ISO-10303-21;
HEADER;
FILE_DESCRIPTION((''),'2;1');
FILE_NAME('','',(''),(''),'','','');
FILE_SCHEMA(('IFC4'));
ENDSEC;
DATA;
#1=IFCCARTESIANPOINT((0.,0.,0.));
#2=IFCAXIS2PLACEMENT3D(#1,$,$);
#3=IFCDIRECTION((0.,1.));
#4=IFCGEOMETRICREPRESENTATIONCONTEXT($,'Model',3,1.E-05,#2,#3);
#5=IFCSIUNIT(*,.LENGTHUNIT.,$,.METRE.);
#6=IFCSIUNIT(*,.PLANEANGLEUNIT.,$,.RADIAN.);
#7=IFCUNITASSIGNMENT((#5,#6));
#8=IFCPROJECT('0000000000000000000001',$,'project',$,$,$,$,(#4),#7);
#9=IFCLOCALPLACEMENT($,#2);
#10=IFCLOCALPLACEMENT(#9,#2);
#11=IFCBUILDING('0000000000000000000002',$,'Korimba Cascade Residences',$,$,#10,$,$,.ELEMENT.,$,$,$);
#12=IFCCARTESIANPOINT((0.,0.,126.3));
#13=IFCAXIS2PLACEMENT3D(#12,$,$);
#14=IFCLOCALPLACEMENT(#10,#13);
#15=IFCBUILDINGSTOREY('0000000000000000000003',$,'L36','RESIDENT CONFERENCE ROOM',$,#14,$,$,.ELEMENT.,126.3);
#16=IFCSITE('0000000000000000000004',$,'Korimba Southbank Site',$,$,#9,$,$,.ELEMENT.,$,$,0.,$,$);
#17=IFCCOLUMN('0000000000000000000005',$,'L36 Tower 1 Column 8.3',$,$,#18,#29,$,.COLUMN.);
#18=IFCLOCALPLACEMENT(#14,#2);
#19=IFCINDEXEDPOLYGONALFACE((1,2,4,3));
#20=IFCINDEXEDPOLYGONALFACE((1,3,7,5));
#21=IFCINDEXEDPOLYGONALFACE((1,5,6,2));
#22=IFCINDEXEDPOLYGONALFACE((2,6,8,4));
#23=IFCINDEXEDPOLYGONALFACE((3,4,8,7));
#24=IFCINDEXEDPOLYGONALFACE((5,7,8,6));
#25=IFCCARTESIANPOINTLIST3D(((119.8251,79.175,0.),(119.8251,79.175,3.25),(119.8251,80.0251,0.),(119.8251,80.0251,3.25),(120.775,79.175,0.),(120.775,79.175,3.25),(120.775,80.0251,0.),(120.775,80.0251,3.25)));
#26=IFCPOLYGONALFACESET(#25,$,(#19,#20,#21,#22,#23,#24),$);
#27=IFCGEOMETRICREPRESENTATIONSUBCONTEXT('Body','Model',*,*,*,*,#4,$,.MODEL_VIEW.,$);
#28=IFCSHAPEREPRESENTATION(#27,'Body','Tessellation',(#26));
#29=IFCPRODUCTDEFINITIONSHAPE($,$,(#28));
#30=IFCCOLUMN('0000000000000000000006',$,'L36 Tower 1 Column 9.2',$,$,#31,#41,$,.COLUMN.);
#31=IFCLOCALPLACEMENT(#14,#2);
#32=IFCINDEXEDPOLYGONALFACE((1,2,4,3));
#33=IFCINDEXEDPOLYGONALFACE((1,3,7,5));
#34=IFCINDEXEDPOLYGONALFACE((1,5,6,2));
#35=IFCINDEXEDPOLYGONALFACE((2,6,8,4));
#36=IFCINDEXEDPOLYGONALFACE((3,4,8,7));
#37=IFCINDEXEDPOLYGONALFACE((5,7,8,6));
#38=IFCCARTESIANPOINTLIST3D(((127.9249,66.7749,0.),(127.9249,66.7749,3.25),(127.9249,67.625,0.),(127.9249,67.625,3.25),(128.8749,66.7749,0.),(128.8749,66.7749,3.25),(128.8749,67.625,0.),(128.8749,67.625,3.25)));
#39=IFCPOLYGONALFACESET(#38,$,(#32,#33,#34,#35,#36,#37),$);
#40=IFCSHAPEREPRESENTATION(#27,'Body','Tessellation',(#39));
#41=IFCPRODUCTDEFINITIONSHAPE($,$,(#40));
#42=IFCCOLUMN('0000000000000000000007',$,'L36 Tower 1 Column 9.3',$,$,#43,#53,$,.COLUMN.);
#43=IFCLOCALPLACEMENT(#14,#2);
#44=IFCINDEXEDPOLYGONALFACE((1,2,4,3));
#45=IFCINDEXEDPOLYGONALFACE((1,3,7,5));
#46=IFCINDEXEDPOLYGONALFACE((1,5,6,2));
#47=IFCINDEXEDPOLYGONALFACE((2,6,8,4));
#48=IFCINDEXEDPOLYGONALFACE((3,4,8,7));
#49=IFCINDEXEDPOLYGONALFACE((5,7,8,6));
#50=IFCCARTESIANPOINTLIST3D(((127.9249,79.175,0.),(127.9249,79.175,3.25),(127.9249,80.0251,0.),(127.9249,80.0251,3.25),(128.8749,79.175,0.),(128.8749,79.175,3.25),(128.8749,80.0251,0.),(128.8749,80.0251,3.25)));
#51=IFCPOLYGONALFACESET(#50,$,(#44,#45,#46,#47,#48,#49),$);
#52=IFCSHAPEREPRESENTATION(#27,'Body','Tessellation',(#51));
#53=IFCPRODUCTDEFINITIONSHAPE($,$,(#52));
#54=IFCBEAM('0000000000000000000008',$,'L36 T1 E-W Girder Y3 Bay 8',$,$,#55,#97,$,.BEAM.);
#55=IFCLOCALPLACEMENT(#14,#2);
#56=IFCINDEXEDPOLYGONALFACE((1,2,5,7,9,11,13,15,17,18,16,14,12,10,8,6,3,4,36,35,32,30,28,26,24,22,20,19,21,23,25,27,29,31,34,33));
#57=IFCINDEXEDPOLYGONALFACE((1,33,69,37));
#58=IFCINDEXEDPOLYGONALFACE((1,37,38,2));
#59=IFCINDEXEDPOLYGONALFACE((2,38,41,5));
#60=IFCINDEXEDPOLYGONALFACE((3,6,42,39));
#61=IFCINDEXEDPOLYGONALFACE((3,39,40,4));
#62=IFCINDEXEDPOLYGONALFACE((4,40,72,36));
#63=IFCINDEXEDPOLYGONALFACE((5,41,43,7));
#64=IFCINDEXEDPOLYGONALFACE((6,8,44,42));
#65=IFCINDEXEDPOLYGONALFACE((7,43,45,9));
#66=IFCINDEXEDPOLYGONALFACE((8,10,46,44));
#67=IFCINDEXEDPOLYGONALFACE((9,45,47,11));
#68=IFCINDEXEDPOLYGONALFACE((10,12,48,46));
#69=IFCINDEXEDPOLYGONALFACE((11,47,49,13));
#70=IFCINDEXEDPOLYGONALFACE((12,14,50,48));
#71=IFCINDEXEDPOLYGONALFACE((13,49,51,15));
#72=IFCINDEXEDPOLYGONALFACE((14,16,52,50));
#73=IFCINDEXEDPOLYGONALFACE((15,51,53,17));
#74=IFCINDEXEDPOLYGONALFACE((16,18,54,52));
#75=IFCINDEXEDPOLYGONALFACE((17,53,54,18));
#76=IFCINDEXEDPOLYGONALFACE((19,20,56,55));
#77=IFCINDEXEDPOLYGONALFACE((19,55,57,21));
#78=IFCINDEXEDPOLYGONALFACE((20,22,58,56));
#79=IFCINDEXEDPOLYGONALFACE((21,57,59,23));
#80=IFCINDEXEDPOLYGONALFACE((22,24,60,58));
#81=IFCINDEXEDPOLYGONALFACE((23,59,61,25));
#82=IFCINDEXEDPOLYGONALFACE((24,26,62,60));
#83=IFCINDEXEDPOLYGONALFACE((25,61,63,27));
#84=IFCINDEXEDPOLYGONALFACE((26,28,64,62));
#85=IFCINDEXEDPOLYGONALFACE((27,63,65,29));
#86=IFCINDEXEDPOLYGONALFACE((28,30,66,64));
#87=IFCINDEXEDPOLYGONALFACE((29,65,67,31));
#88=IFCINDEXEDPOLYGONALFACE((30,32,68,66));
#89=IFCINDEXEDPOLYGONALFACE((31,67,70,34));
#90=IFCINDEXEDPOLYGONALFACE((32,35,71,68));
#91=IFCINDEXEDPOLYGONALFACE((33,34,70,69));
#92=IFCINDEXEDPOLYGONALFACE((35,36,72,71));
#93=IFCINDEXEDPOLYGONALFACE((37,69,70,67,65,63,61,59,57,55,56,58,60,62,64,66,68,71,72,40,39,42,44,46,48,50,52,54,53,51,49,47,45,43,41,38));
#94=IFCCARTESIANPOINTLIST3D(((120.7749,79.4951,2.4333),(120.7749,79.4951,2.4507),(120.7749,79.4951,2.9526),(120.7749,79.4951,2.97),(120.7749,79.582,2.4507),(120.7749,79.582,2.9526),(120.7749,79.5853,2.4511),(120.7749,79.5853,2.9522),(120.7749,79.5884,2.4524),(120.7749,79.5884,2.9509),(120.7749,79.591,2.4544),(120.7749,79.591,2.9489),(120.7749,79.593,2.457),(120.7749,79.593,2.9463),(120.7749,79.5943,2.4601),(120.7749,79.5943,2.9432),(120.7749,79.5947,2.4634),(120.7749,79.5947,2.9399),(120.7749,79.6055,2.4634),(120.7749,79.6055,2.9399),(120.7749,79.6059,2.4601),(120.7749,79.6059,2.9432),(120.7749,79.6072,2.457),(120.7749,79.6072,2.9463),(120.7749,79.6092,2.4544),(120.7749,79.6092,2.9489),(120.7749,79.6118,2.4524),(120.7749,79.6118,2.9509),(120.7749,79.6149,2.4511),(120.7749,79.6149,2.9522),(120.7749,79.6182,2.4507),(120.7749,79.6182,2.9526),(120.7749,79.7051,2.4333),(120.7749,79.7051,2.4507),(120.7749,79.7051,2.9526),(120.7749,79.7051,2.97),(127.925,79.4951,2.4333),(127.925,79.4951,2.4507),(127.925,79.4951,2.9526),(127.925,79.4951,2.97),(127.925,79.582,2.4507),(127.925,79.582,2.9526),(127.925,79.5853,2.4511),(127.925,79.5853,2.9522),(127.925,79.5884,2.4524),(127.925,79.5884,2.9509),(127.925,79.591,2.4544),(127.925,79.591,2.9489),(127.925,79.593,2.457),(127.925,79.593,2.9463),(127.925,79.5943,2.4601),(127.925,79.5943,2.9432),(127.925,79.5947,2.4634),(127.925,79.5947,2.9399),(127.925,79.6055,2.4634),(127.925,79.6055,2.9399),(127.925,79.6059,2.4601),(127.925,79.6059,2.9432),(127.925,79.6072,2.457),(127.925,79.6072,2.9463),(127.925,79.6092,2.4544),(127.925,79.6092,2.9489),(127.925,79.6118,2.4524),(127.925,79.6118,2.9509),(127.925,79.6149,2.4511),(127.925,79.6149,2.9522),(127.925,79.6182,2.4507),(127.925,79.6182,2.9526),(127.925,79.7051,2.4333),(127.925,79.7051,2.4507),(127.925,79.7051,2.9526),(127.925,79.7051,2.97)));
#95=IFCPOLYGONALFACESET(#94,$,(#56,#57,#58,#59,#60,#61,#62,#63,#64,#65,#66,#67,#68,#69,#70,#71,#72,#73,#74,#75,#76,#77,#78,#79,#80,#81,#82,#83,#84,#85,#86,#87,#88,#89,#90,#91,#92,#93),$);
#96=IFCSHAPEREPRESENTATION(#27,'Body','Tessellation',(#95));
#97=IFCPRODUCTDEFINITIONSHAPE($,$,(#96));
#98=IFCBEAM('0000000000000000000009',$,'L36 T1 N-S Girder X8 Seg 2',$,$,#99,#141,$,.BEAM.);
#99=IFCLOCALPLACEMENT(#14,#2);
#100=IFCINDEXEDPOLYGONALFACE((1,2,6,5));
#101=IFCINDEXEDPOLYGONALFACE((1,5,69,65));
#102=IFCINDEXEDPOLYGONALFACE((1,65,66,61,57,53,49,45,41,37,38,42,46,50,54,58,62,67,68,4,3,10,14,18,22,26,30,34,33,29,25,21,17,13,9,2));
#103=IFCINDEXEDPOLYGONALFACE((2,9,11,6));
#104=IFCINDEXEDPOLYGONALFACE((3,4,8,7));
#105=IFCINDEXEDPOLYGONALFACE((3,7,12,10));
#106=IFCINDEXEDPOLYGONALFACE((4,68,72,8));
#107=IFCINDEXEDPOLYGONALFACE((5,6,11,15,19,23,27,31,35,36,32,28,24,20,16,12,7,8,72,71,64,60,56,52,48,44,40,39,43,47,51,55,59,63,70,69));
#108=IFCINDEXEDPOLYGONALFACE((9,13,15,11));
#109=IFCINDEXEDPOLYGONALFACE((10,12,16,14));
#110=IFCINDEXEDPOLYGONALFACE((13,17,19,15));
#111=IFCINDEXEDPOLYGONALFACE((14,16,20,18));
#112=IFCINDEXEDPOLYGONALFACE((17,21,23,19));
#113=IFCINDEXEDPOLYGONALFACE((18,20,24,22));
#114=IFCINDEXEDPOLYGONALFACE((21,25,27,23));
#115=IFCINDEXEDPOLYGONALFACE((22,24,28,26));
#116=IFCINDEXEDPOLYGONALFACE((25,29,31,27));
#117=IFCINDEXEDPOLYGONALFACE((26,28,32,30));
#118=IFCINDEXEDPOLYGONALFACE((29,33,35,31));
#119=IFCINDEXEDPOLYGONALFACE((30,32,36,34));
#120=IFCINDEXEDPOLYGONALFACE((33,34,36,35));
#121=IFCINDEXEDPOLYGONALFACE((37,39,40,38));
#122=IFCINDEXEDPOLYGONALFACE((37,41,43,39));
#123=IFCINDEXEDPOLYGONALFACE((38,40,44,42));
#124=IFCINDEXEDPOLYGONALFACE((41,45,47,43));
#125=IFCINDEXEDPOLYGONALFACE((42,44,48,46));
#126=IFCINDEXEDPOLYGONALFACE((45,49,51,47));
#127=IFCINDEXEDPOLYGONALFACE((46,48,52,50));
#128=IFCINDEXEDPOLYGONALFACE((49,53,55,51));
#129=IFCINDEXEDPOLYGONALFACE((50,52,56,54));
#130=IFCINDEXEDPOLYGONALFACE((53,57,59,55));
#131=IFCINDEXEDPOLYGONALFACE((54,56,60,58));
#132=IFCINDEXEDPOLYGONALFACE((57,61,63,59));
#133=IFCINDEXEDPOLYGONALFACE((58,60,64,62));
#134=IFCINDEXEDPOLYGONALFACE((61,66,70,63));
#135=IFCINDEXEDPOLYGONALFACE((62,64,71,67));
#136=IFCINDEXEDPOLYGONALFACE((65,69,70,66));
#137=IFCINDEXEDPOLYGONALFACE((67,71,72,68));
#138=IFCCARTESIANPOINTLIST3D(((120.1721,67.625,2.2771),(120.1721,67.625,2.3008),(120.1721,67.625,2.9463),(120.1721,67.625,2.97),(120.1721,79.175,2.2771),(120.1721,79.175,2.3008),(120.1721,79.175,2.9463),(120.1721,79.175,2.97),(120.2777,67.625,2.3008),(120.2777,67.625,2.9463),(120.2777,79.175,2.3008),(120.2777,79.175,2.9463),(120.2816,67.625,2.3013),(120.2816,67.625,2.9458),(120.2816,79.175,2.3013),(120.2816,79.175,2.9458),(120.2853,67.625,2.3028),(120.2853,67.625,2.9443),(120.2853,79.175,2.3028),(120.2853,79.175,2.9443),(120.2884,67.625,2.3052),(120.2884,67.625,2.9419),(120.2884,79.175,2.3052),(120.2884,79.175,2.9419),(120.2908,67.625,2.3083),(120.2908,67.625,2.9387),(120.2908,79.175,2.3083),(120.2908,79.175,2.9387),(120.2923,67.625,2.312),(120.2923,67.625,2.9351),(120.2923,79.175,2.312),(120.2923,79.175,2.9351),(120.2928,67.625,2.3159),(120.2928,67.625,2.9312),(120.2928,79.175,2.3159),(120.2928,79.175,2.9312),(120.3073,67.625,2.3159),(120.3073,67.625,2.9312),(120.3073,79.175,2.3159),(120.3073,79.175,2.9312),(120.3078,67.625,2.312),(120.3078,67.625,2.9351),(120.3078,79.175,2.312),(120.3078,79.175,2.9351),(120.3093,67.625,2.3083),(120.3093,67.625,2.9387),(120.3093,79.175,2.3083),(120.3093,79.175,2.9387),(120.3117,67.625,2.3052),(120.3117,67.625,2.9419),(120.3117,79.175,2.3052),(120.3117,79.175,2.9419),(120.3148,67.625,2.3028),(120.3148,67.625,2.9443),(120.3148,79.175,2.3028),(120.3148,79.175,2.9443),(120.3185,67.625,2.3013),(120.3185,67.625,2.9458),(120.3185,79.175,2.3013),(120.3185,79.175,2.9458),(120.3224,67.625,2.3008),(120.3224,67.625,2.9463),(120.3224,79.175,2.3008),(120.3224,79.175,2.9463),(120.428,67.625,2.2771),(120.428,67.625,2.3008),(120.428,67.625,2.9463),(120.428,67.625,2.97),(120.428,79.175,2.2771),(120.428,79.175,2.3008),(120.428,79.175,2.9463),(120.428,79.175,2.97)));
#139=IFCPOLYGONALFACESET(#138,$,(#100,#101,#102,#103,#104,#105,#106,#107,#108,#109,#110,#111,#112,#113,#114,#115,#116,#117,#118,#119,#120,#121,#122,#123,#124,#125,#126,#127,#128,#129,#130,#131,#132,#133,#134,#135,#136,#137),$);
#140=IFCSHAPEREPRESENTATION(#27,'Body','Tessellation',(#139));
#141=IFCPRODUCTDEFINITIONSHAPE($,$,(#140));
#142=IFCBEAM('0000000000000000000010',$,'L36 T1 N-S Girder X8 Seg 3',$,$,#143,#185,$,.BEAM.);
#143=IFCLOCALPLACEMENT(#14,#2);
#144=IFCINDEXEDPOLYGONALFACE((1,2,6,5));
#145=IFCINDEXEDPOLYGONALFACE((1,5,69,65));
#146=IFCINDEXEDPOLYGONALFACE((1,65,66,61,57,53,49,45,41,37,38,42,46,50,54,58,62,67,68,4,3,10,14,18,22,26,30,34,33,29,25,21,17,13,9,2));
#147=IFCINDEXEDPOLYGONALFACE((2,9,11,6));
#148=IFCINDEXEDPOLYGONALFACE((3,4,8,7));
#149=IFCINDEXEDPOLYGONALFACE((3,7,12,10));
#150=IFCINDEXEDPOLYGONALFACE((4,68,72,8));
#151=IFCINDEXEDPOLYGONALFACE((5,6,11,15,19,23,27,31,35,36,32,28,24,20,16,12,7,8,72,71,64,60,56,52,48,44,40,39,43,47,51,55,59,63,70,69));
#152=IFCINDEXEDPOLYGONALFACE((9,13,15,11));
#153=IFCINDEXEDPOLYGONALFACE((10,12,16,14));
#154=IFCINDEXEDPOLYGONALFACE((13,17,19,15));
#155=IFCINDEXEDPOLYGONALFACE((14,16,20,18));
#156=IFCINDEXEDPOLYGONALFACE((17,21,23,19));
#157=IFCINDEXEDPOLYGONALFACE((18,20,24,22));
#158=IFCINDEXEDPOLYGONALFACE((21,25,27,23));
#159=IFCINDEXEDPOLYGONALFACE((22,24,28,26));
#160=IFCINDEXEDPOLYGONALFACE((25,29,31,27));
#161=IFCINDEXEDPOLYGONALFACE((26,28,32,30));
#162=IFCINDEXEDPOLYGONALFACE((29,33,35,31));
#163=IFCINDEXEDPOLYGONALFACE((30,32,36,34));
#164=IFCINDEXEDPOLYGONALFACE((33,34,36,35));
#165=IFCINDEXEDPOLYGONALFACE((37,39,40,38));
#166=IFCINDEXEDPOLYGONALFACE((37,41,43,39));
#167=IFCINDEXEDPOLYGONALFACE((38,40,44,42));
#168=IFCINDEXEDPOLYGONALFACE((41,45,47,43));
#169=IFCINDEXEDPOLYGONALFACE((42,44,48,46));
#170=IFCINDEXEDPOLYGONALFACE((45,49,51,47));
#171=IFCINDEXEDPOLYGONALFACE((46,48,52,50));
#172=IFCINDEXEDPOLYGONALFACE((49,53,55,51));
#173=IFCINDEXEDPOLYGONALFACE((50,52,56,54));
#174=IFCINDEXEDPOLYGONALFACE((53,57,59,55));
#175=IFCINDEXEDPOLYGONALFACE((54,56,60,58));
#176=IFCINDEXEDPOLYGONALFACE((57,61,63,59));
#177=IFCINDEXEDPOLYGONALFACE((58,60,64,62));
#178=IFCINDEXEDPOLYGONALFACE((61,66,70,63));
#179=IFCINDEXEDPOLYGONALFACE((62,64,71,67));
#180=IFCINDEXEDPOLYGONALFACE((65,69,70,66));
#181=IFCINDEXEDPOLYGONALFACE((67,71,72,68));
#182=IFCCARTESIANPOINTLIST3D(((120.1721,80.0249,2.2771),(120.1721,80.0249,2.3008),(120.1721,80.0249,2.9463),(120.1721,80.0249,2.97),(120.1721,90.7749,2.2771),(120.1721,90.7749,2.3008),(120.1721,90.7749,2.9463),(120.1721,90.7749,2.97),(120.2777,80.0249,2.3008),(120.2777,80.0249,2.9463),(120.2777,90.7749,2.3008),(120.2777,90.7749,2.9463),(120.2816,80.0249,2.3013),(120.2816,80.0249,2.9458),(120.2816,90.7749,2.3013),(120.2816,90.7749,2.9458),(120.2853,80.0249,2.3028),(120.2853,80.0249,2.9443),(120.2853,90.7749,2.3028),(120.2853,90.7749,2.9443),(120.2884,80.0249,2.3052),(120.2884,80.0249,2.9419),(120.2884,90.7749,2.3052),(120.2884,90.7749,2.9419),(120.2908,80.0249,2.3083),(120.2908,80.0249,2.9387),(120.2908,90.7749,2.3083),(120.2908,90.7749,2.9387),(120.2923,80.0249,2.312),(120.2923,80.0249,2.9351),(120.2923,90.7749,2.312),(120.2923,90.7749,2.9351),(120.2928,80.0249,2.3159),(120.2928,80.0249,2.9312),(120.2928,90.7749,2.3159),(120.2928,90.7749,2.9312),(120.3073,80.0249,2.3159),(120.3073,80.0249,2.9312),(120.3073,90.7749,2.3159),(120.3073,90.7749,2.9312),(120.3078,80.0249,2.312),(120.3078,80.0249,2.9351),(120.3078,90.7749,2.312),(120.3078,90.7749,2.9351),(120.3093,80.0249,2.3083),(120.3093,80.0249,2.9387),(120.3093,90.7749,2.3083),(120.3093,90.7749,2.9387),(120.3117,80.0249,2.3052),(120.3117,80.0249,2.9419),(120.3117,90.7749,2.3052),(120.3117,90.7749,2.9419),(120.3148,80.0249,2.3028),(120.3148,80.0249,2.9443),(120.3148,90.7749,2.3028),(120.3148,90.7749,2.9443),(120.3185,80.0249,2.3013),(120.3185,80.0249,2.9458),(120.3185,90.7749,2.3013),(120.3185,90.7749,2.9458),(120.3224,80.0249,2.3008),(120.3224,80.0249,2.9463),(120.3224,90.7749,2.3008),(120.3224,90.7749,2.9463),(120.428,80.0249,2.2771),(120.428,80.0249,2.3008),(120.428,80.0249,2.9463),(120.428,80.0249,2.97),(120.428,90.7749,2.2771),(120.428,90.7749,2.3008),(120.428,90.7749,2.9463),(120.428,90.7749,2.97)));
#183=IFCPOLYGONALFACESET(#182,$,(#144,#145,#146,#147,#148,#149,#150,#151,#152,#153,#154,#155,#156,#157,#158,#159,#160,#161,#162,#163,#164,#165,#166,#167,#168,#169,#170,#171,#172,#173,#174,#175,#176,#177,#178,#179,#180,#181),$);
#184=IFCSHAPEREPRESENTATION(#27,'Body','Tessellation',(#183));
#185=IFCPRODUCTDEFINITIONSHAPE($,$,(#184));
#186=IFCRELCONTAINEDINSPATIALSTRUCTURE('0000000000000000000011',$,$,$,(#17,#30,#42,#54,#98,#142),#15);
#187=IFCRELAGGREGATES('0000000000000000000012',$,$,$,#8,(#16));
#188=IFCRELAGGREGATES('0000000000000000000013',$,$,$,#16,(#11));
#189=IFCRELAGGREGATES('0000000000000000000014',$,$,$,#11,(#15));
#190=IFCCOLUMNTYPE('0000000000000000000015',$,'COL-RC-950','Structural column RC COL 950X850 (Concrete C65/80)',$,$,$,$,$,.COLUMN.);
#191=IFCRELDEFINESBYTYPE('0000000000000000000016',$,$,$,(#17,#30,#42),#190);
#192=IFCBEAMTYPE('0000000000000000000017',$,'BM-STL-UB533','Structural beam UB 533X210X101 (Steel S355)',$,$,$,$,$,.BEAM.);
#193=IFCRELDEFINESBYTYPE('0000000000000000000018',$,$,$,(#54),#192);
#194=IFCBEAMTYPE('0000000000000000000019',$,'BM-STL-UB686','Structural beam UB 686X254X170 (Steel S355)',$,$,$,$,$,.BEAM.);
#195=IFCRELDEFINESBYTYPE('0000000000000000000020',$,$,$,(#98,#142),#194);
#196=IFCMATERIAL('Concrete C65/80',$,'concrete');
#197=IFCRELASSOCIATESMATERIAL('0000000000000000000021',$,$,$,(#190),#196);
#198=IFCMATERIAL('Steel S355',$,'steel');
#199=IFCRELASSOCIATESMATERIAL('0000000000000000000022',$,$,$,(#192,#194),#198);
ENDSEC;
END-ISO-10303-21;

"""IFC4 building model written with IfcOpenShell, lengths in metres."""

from ifc_helpers import new_model, si_unit, direction, frame, origin, origin_2d, place, context, subcontext, project, spatial, rectangle, i_section, extrude, material, material_profile, profile_set, type_object, element, save


model = new_model("IFC4")

# Units and contexts
model_context = context("Model", 3, precision=1e-05, world=origin(), true_north=direction((0.0, 1.0)))
body_context = subcontext(model_context, "Body", "Model", "MODEL_VIEW")
ifc_project = project(units=[si_unit("LENGTHUNIT", "METRE"), si_unit("PLANEANGLEUNIT", "RADIAN")], contexts=[model_context])

# Site, building, storey
site_placement = place(None, origin())
site = spatial("IfcSite", under=ifc_project, at=site_placement, Name="Korimba Southbank Site", CompositionType="ELEMENT", RefElevation=0.0)
building_placement = place(site_placement, origin())
building = spatial("IfcBuilding", under=site, at=building_placement, Name="Korimba Cascade Residences", CompositionType="ELEMENT")
storey_placement = place(building_placement, frame((0.0, 0.0, 126.3)))
storey = spatial("IfcBuildingStorey", under=building, at=storey_placement, Name="L36", Description="RESIDENT CONFERENCE ROOM", CompositionType="ELEMENT", Elevation=126.3)

# Columns
ifc_material_1 = material(Name="Concrete C65/80", Category="concrete")
ifc_material_profile_1 = material_profile(ifc_material_1, rectangle(XDim=0.95, YDim=0.8501, at=origin_2d()), Name="Concrete C65/80")
ifc_profile_set_1 = profile_set([ifc_material_profile_1], Name="Concrete C65/80")
column_type = type_object("IfcColumnType", Name="COL-RC-950", Description="Structural column RC COL 950X850 (Concrete C65/80)", PredefinedType="COLUMN", material=ifc_profile_set_1)
for number, where, z_axis, x_axis, name in (
    (1, (120.3, 79.6001, 0.0), (0.0, 0.0, 1.0), (1.0, 0.0, 0.0), "L36 Tower 1 Column 8.3"),
    (2, (128.3999, 67.2, 0.0), (0.0, 0.0, 1.0), (1.0, 0.0, 0.0), "L36 Tower 1 Column 9.2"),
    (3, (128.3999, 79.6001, 0.0), (0.0, 0.0, 1.0), (1.0, 0.0, 0.0), "L36 Tower 1 Column 9.3"),
):
    element("IfcColumn", number, at=place(storey_placement, frame(where, z_axis=z_axis, x_axis=x_axis)), inside=storey, type_object=column_type, Name=name, PredefinedType="COLUMN", context=body_context, shape_type="SweptSolid", body=[
        extrude(rectangle(XDim=0.95, YDim=0.8501, at=origin_2d()), origin(), (0.0, 0.0, 1.0), 3.25),
    ])

# Beams
ifc_material_2 = material(Name="Steel S355", Category="steel")
ifc_material_profile_2 = material_profile(ifc_material_2, i_section(OverallWidth=0.21, OverallDepth=0.5366, WebThickness=0.0107, FlangeThickness=0.0173, FilletRadius=0.0127, at=origin_2d()), Name="Steel S355")
ifc_profile_set_2 = profile_set([ifc_material_profile_2], Name="Steel S355")
beam_type_1 = type_object("IfcBeamType", Name="BM-STL-UB533", Description="Structural beam UB 533X210X101 (Steel S355)", PredefinedType="BEAM", material=ifc_profile_set_2)
beam_1_placement = place(storey_placement, frame((120.7749, 79.6001, 2.7017), z_axis=(1.0, 0.0, 0.0), x_axis=(0.0, 1.0, 0.0)))
element("IfcBeam", 4, at=beam_1_placement, inside=storey, type_object=beam_type_1, Name="L36 T1 E-W Girder Y3 Bay 8", PredefinedType="BEAM", context=body_context, shape_type="SweptSolid", body=[
    extrude(i_section(OverallWidth=0.21, OverallDepth=0.5366, WebThickness=0.0107, FlangeThickness=0.0173, FilletRadius=0.0127, at=origin_2d()), origin(), (0.0, 0.0, 1.0), 7.1501),
])
ifc_material_profile_3 = material_profile(ifc_material_2, i_section(OverallWidth=0.2559, OverallDepth=0.6929, WebThickness=0.0144, FlangeThickness=0.0237, FilletRadius=0.0151, at=origin_2d()), Name="Steel S355")
ifc_profile_set_3 = profile_set([ifc_material_profile_3], Name="Steel S355")
beam_type_2 = type_object("IfcBeamType", Name="BM-STL-UB686", Description="Structural beam UB 686X254X170 (Steel S355)", PredefinedType="BEAM", material=ifc_profile_set_3)
beam_2_placement = place(storey_placement, frame((120.3, 67.625, 2.6235), z_axis=(0.0, 1.0, 0.0), x_axis=(-1.0, 0.0, 0.0)))
element("IfcBeam", 5, at=beam_2_placement, inside=storey, type_object=beam_type_2, Name="L36 T1 N-S Girder X8 Seg 2", PredefinedType="BEAM", context=body_context, shape_type="SweptSolid", body=[
    extrude(i_section(OverallWidth=0.2559, OverallDepth=0.6929, WebThickness=0.0144, FlangeThickness=0.0237, FilletRadius=0.0151, at=origin_2d()), origin(), (0.0, 0.0, 1.0), 11.55),
])
beam_3_placement = place(storey_placement, frame((120.3, 80.0249, 2.6235), z_axis=(0.0, 1.0, 0.0), x_axis=(-1.0, 0.0, 0.0)))
element("IfcBeam", 6, at=beam_3_placement, inside=storey, type_object=beam_type_2, Name="L36 T1 N-S Girder X8 Seg 3", PredefinedType="BEAM", context=body_context, shape_type="SweptSolid", body=[
    extrude(i_section(OverallWidth=0.2559, OverallDepth=0.6929, WebThickness=0.0144, FlangeThickness=0.0237, FilletRadius=0.0151, at=origin_2d()), origin(), (0.0, 0.0, 1.0), 10.75),
])

save(model, "model.ifc")
